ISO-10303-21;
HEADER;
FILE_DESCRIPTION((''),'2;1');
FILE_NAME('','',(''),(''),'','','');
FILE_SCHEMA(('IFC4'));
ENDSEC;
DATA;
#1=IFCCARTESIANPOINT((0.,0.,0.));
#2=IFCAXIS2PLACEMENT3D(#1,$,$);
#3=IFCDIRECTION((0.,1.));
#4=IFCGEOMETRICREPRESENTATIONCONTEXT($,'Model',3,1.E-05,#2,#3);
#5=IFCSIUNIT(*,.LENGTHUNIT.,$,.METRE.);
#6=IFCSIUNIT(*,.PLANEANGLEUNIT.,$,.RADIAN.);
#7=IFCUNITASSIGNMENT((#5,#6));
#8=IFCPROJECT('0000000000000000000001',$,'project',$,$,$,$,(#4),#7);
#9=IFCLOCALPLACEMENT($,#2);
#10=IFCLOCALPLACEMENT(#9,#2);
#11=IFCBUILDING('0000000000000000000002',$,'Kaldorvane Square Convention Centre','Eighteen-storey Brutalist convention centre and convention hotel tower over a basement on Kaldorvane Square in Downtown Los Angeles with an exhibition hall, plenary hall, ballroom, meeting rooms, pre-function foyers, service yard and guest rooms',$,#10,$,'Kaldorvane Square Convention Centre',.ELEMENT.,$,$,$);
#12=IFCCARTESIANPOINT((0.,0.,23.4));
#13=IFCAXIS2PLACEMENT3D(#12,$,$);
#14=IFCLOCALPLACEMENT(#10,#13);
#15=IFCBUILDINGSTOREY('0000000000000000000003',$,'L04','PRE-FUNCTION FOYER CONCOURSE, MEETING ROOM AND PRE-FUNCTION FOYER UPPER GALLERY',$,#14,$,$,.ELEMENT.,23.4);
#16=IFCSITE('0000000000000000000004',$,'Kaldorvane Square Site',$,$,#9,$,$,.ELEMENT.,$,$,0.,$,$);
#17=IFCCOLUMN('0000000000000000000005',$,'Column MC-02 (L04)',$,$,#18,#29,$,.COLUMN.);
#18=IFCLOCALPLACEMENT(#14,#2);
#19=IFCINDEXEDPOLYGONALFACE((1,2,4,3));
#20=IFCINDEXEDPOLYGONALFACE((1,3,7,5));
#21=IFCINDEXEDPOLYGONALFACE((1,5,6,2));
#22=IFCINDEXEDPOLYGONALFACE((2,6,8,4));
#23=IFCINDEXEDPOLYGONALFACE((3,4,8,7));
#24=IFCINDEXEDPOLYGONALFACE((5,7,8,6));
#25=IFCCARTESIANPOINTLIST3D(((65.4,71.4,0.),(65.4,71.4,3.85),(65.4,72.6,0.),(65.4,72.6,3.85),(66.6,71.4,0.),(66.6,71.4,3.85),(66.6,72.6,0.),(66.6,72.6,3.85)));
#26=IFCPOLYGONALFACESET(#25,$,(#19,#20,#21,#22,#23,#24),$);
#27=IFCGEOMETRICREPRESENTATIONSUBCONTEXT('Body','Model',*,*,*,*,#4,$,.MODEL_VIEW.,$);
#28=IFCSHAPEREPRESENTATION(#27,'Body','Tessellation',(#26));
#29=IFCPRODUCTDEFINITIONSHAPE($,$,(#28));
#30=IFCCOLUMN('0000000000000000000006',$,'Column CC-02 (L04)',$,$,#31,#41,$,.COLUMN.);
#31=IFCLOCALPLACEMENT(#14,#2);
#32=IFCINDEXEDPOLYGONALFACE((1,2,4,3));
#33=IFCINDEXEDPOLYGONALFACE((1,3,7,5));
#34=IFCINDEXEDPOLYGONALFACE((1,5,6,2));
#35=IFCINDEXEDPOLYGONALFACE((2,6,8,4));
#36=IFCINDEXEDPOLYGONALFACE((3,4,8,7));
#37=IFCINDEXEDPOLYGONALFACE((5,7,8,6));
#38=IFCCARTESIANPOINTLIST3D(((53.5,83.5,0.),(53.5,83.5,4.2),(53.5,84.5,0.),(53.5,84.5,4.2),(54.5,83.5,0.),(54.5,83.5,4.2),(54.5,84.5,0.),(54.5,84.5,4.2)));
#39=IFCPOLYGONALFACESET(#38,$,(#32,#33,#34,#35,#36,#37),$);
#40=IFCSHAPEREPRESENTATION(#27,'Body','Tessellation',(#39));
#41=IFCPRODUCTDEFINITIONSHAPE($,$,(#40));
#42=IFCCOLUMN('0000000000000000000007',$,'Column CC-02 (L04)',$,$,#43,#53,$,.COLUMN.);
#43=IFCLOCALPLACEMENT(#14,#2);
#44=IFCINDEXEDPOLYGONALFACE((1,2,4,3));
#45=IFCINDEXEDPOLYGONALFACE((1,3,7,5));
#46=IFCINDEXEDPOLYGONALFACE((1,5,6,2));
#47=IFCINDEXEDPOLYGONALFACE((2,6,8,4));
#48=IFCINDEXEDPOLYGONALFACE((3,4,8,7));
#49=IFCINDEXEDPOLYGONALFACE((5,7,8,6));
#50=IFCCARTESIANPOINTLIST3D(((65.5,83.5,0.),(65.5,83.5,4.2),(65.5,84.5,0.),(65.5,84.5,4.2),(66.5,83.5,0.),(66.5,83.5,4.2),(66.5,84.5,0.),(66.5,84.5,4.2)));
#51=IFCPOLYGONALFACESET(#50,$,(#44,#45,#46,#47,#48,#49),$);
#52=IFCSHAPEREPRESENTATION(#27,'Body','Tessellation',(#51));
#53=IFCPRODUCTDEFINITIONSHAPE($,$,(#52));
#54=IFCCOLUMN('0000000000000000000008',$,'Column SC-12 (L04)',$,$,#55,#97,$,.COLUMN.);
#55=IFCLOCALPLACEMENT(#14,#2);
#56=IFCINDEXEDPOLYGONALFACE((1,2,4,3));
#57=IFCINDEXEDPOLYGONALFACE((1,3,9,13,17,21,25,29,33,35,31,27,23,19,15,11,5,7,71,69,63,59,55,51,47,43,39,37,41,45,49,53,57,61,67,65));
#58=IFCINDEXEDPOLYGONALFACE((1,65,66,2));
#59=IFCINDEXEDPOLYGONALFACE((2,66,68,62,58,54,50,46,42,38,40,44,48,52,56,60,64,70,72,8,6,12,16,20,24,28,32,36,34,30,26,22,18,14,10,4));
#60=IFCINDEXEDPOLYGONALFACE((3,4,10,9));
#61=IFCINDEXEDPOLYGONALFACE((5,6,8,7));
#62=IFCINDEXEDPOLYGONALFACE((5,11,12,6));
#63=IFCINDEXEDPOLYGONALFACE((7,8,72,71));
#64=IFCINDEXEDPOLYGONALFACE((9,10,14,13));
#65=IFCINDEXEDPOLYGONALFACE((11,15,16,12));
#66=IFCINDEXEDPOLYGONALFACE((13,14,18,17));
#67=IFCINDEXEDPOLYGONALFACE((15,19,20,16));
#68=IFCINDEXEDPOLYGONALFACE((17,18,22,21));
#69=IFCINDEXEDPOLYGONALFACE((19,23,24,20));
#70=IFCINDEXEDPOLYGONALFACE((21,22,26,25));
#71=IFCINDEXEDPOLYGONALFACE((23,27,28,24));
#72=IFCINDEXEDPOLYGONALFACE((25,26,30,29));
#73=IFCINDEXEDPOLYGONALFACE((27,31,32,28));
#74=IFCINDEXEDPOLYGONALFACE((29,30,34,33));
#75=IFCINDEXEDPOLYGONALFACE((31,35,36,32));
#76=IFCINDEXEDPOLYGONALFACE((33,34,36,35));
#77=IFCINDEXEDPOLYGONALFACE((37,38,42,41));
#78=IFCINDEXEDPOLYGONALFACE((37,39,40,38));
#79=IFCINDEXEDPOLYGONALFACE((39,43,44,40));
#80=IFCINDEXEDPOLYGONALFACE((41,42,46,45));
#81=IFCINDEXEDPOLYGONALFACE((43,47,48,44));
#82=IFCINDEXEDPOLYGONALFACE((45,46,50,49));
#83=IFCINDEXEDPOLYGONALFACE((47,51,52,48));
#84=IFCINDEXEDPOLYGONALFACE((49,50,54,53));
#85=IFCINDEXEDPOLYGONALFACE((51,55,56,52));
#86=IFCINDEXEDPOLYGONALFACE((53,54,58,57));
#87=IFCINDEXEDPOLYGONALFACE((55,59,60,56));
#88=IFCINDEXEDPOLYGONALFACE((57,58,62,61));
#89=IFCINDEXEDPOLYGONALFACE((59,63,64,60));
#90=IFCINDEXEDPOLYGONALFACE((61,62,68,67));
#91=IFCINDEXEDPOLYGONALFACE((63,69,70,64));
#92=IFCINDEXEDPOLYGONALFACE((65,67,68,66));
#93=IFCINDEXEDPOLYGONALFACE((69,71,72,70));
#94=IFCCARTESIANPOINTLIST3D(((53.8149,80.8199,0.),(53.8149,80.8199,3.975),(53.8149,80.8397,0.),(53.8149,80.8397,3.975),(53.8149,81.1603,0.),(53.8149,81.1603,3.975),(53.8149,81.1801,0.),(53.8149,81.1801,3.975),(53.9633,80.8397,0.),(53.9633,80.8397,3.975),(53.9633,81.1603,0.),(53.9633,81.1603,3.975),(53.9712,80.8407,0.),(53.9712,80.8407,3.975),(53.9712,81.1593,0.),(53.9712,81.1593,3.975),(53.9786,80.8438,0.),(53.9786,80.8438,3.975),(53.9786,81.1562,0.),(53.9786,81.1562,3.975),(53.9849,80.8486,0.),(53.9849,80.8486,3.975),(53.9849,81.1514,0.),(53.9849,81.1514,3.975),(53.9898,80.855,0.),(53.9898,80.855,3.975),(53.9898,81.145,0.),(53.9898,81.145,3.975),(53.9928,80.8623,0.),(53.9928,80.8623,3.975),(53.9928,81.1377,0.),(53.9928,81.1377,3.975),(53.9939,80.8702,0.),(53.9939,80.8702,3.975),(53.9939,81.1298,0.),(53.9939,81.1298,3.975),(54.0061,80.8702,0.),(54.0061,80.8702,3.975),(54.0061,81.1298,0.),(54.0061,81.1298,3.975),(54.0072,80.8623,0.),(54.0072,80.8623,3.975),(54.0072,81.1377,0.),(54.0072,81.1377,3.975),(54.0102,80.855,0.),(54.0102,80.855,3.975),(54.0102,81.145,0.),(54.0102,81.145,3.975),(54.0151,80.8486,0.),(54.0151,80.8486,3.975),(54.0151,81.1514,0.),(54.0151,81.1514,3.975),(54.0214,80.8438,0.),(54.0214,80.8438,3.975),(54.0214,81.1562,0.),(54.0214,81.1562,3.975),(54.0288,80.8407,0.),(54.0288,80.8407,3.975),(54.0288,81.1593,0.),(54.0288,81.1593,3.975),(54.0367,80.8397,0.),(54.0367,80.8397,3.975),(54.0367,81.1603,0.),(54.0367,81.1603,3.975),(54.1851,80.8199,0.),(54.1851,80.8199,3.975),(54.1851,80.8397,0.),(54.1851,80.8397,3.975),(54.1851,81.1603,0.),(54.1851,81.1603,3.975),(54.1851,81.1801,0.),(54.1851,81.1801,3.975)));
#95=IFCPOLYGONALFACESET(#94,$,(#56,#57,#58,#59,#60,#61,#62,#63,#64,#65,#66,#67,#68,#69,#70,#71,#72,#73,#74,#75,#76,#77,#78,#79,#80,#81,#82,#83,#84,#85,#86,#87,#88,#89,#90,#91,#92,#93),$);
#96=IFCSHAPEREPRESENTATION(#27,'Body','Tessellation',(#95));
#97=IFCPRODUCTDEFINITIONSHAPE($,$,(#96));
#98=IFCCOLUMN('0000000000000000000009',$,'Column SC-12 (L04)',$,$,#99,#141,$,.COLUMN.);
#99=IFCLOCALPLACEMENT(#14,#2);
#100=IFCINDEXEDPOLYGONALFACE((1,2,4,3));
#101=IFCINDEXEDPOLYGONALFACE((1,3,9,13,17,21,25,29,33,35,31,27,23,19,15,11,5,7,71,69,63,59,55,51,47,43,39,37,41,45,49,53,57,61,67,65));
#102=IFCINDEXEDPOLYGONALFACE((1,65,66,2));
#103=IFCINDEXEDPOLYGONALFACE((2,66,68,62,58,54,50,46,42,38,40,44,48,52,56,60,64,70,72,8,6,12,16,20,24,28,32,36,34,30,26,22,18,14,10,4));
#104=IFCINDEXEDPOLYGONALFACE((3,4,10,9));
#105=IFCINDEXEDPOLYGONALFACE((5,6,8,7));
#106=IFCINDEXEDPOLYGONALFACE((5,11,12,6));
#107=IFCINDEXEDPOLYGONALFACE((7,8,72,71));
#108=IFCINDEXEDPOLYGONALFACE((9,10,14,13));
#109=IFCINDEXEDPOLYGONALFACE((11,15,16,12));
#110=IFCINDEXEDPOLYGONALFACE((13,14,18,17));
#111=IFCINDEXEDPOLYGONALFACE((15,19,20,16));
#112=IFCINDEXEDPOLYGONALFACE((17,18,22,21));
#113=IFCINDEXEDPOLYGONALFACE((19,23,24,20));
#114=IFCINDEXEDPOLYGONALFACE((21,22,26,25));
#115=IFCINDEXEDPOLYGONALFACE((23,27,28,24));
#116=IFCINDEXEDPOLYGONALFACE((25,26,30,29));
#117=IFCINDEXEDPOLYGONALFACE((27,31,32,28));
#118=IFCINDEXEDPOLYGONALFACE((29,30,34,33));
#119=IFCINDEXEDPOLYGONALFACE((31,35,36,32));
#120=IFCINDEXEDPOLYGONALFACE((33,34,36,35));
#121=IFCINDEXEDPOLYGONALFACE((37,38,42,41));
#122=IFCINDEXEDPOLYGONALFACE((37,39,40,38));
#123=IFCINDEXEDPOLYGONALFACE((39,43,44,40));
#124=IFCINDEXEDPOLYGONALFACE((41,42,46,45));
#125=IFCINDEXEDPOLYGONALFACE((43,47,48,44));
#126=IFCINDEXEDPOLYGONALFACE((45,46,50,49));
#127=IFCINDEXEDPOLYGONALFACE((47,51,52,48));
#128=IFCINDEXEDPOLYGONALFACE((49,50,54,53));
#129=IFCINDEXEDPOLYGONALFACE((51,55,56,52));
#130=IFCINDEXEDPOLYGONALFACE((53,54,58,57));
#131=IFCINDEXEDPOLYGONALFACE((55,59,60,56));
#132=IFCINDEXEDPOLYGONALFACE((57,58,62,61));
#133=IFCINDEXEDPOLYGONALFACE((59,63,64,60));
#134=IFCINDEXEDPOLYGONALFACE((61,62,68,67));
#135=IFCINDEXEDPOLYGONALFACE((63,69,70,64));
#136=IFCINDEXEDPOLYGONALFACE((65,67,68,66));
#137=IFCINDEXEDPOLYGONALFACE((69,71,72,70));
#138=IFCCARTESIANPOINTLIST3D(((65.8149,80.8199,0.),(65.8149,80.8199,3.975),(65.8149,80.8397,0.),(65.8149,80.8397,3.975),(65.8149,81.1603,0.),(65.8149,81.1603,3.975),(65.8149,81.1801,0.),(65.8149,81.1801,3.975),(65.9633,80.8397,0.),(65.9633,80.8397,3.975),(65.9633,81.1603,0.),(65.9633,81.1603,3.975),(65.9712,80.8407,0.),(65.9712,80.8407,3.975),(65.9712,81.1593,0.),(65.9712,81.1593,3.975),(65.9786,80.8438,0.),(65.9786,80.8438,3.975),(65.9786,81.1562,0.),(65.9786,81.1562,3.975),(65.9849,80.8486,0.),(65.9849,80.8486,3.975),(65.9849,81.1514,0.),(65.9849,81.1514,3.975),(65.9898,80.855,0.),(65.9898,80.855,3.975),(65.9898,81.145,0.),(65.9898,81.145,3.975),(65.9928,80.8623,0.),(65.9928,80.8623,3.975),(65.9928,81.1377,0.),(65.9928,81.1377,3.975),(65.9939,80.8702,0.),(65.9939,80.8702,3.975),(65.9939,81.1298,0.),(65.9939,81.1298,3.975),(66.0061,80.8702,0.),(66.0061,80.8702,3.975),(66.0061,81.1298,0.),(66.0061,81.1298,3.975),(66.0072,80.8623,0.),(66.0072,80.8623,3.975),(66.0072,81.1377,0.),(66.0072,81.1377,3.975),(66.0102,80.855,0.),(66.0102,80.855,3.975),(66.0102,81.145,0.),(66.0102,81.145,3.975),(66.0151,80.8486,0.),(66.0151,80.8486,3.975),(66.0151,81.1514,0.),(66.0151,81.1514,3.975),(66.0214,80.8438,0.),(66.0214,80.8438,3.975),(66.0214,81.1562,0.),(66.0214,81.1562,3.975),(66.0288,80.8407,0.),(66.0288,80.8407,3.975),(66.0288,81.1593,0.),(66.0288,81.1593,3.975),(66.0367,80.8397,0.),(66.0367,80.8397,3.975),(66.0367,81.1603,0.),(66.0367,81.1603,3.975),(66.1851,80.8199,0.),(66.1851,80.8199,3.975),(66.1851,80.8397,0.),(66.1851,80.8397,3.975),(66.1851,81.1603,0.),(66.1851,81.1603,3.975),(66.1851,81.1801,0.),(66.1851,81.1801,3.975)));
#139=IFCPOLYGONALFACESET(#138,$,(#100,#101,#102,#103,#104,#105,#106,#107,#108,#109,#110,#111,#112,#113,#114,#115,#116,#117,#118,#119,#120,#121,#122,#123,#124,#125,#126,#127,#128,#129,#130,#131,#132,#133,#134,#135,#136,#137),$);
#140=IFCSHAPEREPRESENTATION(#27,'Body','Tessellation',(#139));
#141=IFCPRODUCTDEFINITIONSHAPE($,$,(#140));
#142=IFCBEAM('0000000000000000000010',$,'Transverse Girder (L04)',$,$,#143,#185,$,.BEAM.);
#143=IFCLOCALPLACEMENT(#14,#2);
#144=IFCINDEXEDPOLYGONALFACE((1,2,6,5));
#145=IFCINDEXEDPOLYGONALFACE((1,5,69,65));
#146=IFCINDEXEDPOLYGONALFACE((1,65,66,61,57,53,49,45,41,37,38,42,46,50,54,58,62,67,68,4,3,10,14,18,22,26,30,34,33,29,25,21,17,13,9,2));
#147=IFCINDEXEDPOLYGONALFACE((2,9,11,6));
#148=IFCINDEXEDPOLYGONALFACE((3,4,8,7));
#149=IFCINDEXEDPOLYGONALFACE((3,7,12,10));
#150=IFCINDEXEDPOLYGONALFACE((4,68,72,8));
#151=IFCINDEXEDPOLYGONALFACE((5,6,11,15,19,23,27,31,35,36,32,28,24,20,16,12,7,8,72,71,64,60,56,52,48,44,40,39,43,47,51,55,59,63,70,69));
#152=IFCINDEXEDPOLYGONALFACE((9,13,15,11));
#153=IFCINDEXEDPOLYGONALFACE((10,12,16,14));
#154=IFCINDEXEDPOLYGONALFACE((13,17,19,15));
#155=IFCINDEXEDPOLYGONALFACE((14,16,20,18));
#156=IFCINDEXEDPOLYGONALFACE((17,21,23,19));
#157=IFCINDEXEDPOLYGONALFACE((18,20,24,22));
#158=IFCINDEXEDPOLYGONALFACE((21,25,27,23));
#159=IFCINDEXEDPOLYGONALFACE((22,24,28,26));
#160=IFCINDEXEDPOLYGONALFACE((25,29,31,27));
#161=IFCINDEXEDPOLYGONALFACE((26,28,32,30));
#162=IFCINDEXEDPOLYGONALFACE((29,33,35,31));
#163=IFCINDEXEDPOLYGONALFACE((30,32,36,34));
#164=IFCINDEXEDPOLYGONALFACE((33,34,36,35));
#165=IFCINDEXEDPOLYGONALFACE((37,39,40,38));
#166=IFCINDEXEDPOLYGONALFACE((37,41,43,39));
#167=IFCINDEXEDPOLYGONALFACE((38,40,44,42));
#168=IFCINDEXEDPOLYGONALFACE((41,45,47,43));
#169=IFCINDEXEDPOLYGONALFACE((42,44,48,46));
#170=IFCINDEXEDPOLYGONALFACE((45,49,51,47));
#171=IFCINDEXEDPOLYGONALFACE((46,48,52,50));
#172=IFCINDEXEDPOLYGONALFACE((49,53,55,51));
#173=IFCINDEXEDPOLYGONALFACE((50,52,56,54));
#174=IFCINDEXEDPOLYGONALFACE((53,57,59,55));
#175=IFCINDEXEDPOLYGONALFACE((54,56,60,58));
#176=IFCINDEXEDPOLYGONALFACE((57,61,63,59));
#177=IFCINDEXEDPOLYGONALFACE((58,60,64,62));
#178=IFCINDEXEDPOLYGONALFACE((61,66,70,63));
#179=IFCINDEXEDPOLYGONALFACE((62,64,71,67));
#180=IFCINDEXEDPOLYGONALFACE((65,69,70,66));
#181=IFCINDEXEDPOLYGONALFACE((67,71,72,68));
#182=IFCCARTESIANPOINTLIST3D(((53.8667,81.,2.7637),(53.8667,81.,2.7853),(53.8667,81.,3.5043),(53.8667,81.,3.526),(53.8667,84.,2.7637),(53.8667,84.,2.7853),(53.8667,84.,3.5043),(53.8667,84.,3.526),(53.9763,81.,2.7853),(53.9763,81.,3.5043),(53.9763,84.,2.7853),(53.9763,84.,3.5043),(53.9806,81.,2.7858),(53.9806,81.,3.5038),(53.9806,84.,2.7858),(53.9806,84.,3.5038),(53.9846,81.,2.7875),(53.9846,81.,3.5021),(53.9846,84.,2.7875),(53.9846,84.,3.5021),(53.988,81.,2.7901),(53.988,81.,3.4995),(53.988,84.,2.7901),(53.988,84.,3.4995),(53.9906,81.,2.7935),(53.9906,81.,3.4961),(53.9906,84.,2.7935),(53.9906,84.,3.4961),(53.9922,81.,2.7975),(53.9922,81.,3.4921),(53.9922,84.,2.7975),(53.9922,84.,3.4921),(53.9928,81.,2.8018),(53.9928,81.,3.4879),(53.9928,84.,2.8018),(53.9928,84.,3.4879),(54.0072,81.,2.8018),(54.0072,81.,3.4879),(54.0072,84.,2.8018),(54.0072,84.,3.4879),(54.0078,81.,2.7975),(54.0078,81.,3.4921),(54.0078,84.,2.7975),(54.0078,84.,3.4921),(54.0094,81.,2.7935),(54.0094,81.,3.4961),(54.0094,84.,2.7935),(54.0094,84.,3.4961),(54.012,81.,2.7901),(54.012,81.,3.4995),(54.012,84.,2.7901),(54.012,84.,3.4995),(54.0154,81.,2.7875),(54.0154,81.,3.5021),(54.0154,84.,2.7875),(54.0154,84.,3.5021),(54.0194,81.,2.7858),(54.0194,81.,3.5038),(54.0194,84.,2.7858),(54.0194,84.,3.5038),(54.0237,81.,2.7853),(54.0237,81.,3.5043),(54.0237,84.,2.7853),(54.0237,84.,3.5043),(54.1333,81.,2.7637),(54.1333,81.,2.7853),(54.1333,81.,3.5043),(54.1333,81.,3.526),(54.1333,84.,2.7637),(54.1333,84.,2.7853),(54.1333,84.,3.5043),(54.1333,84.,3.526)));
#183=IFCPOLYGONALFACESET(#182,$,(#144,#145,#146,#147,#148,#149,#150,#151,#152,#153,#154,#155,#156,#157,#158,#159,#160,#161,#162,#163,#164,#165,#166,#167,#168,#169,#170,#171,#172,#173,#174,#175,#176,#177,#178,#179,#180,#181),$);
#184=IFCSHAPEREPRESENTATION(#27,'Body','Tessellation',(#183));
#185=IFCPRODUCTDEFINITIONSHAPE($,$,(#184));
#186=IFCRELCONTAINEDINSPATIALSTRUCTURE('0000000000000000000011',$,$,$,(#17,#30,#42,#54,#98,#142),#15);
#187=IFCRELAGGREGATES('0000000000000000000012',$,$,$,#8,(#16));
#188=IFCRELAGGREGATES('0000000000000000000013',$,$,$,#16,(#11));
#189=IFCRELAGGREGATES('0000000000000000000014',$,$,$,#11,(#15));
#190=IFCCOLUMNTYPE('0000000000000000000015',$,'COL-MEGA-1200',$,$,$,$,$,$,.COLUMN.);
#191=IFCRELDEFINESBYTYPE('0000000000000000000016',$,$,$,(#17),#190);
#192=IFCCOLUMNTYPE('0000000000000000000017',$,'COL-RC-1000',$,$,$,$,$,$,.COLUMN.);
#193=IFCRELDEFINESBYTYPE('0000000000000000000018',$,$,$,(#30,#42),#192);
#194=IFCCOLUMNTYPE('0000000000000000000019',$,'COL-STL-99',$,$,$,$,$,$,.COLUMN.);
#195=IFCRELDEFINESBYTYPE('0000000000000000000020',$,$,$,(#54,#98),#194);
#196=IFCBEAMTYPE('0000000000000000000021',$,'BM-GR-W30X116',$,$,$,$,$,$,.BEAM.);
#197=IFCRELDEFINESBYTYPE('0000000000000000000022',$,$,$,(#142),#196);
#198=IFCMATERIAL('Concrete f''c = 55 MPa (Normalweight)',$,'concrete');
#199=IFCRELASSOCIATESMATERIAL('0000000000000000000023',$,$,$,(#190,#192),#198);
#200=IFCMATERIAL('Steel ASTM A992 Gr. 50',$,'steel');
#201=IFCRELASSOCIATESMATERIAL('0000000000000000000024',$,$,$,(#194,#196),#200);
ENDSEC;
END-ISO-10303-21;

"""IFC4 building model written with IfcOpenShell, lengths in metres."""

from ifc_helpers import new_model, si_unit, direction, frame, origin, origin_2d, place, context, subcontext, project, spatial, rectangle, i_section, extrude, material, material_profile, profile_set, type_object, element, save


model = new_model("IFC4")

# Units and contexts
model_context = context("Model", 3, precision=1e-05, world=origin(), true_north=direction((0.0, 1.0)))
body_context = subcontext(model_context, "Body", "Model", "MODEL_VIEW")
ifc_project = project(units=[si_unit("LENGTHUNIT", "METRE"), si_unit("PLANEANGLEUNIT", "RADIAN")], contexts=[model_context])

# Site, building, storey
site_placement = place(None, origin())
site = spatial("IfcSite", under=ifc_project, at=site_placement, Name="Kaldorvane Square Site", CompositionType="ELEMENT", RefElevation=0.0)
building_placement = place(site_placement, origin())
building = spatial("IfcBuilding", under=site, at=building_placement, Name="Kaldorvane Square Convention Centre", Description="Eighteen-storey Brutalist convention centre and convention hotel tower over a basement on Kaldorvane Square in Downtown Los Angeles with an exhibition hall, plenary hall, ballroom, meeting rooms, pre-function foyers, service yard and guest rooms", LongName="Kaldorvane Square Convention Centre", CompositionType="ELEMENT")
storey_placement = place(building_placement, frame((0.0, 0.0, 23.4)))
storey = spatial("IfcBuildingStorey", under=building, at=storey_placement, Name="L04", Description="PRE-FUNCTION FOYER CONCOURSE, MEETING ROOM AND PRE-FUNCTION FOYER UPPER GALLERY", CompositionType="ELEMENT", Elevation=23.4)

# Columns
ifc_material_1 = material(Name="Concrete f'c = 55 MPa (Normalweight)", Category="concrete")
ifc_material_profile_1 = material_profile(ifc_material_1, rectangle(XDim=1.2, YDim=1.2, at=origin_2d()), Name="RC1200X1200")
ifc_profile_set_1 = profile_set([ifc_material_profile_1], Name="Concrete f'c = 55 MPa (Normalweight)")
column_type_1 = type_object("IfcColumnType", Name="COL-MEGA-1200", PredefinedType="COLUMN", material=ifc_profile_set_1)
column_placement = place(storey_placement, frame((66.0, 72.0, 0.0), z_axis=(0.0, 0.0, 1.0), x_axis=(1.0, 0.0, 0.0)))
element("IfcColumn", 1, at=column_placement, inside=storey, type_object=column_type_1, Name="Column MC-02 (L04)", PredefinedType="COLUMN", context=body_context, shape_type="SweptSolid", body=[
    extrude(rectangle(XDim=1.2, YDim=1.2, at=origin_2d()), origin(), (0.0, 0.0, 1.0), 3.85),
])
ifc_material_profile_2 = material_profile(ifc_material_1, rectangle(XDim=1.0, YDim=1.0, at=origin_2d()), Name="RC1000X1000")
ifc_profile_set_2 = profile_set([ifc_material_profile_2], Name="Concrete f'c = 55 MPa (Normalweight)")
column_type_2 = type_object("IfcColumnType", Name="COL-RC-1000", PredefinedType="COLUMN", material=ifc_profile_set_2)
for number, where, z_axis, x_axis, name in (
    (2, (54.0, 84.0, 0.0), (0.0, 0.0, 1.0), (1.0, 0.0, 0.0), "Column CC-02 (L04)"),
    (3, (66.0, 84.0, 0.0), (0.0, 0.0, 1.0), (1.0, 0.0, 0.0), "Column CC-02 (L04)"),
):
    element("IfcColumn", number, at=place(storey_placement, frame(where, z_axis=z_axis, x_axis=x_axis)), inside=storey, type_object=column_type_2, Name=name, PredefinedType="COLUMN", context=body_context, shape_type="SweptSolid", body=[
        extrude(rectangle(XDim=1.0, YDim=1.0, at=origin_2d()), origin(), (0.0, 0.0, 1.0), 4.2),
    ])
ifc_material_2 = material(Name="Steel ASTM A992 Gr. 50", Category="steel")
ifc_material_profile_3 = material_profile(ifc_material_2, i_section(OverallWidth=0.3701, OverallDepth=0.3602, WebThickness=0.0123, FlangeThickness=0.0198, FilletRadius=0.0305, at=origin_2d()), Name="W14X99")
ifc_profile_set_3 = profile_set([ifc_material_profile_3], Name="Steel ASTM A992 Gr. 50")
column_type_3 = type_object("IfcColumnType", Name="COL-STL-99", PredefinedType="COLUMN", material=ifc_profile_set_3)
for number, where, z_axis, x_axis, name in (
    (4, (54.0, 81.0, 0.0), (0.0, 0.0, 1.0), (1.0, 0.0, 0.0), "Column SC-12 (L04)"),
    (5, (66.0, 81.0, 0.0), (0.0, 0.0, 1.0), (1.0, 0.0, 0.0), "Column SC-12 (L04)"),
):
    element("IfcColumn", number, at=place(storey_placement, frame(where, z_axis=z_axis, x_axis=x_axis)), inside=storey, type_object=column_type_3, Name=name, PredefinedType="COLUMN", context=body_context, shape_type="SweptSolid", body=[
        extrude(i_section(OverallWidth=0.3701, OverallDepth=0.3602, WebThickness=0.0123, FlangeThickness=0.0198, FilletRadius=0.0305, at=origin_2d()), origin(), (0.0, 0.0, 1.0), 3.975),
    ])

# Beam
ifc_material_profile_4 = material_profile(ifc_material_2, i_section(OverallWidth=0.2666, OverallDepth=0.7623, WebThickness=0.0144, FlangeThickness=0.0216, FilletRadius=0.0165, at=origin_2d()), Name="W30X116")
ifc_profile_set_4 = profile_set([ifc_material_profile_4], Name="Steel ASTM A992 Gr. 50")
beam_type_1 = type_object("IfcBeamType", Name="BM-GR-W30X116", PredefinedType="BEAM", material=ifc_profile_set_4)
beam_1_placement = place(storey_placement, frame((54.0, 81.0, 3.1448), z_axis=(0.0, 1.0, 0.0), x_axis=(-1.0, 0.0, 0.0)))
element("IfcBeam", 6, at=beam_1_placement, inside=storey, type_object=beam_type_1, Name="Transverse Girder (L04)", PredefinedType="BEAM", context=body_context, shape_type="SweptSolid", body=[
    extrude(i_section(OverallWidth=0.2666, OverallDepth=0.7623, WebThickness=0.0144, FlangeThickness=0.0216, FilletRadius=0.0165, at=origin_2d()), origin(), (0.0, 0.0, 1.0), 3.0),
])

save(model, "model.ifc")
